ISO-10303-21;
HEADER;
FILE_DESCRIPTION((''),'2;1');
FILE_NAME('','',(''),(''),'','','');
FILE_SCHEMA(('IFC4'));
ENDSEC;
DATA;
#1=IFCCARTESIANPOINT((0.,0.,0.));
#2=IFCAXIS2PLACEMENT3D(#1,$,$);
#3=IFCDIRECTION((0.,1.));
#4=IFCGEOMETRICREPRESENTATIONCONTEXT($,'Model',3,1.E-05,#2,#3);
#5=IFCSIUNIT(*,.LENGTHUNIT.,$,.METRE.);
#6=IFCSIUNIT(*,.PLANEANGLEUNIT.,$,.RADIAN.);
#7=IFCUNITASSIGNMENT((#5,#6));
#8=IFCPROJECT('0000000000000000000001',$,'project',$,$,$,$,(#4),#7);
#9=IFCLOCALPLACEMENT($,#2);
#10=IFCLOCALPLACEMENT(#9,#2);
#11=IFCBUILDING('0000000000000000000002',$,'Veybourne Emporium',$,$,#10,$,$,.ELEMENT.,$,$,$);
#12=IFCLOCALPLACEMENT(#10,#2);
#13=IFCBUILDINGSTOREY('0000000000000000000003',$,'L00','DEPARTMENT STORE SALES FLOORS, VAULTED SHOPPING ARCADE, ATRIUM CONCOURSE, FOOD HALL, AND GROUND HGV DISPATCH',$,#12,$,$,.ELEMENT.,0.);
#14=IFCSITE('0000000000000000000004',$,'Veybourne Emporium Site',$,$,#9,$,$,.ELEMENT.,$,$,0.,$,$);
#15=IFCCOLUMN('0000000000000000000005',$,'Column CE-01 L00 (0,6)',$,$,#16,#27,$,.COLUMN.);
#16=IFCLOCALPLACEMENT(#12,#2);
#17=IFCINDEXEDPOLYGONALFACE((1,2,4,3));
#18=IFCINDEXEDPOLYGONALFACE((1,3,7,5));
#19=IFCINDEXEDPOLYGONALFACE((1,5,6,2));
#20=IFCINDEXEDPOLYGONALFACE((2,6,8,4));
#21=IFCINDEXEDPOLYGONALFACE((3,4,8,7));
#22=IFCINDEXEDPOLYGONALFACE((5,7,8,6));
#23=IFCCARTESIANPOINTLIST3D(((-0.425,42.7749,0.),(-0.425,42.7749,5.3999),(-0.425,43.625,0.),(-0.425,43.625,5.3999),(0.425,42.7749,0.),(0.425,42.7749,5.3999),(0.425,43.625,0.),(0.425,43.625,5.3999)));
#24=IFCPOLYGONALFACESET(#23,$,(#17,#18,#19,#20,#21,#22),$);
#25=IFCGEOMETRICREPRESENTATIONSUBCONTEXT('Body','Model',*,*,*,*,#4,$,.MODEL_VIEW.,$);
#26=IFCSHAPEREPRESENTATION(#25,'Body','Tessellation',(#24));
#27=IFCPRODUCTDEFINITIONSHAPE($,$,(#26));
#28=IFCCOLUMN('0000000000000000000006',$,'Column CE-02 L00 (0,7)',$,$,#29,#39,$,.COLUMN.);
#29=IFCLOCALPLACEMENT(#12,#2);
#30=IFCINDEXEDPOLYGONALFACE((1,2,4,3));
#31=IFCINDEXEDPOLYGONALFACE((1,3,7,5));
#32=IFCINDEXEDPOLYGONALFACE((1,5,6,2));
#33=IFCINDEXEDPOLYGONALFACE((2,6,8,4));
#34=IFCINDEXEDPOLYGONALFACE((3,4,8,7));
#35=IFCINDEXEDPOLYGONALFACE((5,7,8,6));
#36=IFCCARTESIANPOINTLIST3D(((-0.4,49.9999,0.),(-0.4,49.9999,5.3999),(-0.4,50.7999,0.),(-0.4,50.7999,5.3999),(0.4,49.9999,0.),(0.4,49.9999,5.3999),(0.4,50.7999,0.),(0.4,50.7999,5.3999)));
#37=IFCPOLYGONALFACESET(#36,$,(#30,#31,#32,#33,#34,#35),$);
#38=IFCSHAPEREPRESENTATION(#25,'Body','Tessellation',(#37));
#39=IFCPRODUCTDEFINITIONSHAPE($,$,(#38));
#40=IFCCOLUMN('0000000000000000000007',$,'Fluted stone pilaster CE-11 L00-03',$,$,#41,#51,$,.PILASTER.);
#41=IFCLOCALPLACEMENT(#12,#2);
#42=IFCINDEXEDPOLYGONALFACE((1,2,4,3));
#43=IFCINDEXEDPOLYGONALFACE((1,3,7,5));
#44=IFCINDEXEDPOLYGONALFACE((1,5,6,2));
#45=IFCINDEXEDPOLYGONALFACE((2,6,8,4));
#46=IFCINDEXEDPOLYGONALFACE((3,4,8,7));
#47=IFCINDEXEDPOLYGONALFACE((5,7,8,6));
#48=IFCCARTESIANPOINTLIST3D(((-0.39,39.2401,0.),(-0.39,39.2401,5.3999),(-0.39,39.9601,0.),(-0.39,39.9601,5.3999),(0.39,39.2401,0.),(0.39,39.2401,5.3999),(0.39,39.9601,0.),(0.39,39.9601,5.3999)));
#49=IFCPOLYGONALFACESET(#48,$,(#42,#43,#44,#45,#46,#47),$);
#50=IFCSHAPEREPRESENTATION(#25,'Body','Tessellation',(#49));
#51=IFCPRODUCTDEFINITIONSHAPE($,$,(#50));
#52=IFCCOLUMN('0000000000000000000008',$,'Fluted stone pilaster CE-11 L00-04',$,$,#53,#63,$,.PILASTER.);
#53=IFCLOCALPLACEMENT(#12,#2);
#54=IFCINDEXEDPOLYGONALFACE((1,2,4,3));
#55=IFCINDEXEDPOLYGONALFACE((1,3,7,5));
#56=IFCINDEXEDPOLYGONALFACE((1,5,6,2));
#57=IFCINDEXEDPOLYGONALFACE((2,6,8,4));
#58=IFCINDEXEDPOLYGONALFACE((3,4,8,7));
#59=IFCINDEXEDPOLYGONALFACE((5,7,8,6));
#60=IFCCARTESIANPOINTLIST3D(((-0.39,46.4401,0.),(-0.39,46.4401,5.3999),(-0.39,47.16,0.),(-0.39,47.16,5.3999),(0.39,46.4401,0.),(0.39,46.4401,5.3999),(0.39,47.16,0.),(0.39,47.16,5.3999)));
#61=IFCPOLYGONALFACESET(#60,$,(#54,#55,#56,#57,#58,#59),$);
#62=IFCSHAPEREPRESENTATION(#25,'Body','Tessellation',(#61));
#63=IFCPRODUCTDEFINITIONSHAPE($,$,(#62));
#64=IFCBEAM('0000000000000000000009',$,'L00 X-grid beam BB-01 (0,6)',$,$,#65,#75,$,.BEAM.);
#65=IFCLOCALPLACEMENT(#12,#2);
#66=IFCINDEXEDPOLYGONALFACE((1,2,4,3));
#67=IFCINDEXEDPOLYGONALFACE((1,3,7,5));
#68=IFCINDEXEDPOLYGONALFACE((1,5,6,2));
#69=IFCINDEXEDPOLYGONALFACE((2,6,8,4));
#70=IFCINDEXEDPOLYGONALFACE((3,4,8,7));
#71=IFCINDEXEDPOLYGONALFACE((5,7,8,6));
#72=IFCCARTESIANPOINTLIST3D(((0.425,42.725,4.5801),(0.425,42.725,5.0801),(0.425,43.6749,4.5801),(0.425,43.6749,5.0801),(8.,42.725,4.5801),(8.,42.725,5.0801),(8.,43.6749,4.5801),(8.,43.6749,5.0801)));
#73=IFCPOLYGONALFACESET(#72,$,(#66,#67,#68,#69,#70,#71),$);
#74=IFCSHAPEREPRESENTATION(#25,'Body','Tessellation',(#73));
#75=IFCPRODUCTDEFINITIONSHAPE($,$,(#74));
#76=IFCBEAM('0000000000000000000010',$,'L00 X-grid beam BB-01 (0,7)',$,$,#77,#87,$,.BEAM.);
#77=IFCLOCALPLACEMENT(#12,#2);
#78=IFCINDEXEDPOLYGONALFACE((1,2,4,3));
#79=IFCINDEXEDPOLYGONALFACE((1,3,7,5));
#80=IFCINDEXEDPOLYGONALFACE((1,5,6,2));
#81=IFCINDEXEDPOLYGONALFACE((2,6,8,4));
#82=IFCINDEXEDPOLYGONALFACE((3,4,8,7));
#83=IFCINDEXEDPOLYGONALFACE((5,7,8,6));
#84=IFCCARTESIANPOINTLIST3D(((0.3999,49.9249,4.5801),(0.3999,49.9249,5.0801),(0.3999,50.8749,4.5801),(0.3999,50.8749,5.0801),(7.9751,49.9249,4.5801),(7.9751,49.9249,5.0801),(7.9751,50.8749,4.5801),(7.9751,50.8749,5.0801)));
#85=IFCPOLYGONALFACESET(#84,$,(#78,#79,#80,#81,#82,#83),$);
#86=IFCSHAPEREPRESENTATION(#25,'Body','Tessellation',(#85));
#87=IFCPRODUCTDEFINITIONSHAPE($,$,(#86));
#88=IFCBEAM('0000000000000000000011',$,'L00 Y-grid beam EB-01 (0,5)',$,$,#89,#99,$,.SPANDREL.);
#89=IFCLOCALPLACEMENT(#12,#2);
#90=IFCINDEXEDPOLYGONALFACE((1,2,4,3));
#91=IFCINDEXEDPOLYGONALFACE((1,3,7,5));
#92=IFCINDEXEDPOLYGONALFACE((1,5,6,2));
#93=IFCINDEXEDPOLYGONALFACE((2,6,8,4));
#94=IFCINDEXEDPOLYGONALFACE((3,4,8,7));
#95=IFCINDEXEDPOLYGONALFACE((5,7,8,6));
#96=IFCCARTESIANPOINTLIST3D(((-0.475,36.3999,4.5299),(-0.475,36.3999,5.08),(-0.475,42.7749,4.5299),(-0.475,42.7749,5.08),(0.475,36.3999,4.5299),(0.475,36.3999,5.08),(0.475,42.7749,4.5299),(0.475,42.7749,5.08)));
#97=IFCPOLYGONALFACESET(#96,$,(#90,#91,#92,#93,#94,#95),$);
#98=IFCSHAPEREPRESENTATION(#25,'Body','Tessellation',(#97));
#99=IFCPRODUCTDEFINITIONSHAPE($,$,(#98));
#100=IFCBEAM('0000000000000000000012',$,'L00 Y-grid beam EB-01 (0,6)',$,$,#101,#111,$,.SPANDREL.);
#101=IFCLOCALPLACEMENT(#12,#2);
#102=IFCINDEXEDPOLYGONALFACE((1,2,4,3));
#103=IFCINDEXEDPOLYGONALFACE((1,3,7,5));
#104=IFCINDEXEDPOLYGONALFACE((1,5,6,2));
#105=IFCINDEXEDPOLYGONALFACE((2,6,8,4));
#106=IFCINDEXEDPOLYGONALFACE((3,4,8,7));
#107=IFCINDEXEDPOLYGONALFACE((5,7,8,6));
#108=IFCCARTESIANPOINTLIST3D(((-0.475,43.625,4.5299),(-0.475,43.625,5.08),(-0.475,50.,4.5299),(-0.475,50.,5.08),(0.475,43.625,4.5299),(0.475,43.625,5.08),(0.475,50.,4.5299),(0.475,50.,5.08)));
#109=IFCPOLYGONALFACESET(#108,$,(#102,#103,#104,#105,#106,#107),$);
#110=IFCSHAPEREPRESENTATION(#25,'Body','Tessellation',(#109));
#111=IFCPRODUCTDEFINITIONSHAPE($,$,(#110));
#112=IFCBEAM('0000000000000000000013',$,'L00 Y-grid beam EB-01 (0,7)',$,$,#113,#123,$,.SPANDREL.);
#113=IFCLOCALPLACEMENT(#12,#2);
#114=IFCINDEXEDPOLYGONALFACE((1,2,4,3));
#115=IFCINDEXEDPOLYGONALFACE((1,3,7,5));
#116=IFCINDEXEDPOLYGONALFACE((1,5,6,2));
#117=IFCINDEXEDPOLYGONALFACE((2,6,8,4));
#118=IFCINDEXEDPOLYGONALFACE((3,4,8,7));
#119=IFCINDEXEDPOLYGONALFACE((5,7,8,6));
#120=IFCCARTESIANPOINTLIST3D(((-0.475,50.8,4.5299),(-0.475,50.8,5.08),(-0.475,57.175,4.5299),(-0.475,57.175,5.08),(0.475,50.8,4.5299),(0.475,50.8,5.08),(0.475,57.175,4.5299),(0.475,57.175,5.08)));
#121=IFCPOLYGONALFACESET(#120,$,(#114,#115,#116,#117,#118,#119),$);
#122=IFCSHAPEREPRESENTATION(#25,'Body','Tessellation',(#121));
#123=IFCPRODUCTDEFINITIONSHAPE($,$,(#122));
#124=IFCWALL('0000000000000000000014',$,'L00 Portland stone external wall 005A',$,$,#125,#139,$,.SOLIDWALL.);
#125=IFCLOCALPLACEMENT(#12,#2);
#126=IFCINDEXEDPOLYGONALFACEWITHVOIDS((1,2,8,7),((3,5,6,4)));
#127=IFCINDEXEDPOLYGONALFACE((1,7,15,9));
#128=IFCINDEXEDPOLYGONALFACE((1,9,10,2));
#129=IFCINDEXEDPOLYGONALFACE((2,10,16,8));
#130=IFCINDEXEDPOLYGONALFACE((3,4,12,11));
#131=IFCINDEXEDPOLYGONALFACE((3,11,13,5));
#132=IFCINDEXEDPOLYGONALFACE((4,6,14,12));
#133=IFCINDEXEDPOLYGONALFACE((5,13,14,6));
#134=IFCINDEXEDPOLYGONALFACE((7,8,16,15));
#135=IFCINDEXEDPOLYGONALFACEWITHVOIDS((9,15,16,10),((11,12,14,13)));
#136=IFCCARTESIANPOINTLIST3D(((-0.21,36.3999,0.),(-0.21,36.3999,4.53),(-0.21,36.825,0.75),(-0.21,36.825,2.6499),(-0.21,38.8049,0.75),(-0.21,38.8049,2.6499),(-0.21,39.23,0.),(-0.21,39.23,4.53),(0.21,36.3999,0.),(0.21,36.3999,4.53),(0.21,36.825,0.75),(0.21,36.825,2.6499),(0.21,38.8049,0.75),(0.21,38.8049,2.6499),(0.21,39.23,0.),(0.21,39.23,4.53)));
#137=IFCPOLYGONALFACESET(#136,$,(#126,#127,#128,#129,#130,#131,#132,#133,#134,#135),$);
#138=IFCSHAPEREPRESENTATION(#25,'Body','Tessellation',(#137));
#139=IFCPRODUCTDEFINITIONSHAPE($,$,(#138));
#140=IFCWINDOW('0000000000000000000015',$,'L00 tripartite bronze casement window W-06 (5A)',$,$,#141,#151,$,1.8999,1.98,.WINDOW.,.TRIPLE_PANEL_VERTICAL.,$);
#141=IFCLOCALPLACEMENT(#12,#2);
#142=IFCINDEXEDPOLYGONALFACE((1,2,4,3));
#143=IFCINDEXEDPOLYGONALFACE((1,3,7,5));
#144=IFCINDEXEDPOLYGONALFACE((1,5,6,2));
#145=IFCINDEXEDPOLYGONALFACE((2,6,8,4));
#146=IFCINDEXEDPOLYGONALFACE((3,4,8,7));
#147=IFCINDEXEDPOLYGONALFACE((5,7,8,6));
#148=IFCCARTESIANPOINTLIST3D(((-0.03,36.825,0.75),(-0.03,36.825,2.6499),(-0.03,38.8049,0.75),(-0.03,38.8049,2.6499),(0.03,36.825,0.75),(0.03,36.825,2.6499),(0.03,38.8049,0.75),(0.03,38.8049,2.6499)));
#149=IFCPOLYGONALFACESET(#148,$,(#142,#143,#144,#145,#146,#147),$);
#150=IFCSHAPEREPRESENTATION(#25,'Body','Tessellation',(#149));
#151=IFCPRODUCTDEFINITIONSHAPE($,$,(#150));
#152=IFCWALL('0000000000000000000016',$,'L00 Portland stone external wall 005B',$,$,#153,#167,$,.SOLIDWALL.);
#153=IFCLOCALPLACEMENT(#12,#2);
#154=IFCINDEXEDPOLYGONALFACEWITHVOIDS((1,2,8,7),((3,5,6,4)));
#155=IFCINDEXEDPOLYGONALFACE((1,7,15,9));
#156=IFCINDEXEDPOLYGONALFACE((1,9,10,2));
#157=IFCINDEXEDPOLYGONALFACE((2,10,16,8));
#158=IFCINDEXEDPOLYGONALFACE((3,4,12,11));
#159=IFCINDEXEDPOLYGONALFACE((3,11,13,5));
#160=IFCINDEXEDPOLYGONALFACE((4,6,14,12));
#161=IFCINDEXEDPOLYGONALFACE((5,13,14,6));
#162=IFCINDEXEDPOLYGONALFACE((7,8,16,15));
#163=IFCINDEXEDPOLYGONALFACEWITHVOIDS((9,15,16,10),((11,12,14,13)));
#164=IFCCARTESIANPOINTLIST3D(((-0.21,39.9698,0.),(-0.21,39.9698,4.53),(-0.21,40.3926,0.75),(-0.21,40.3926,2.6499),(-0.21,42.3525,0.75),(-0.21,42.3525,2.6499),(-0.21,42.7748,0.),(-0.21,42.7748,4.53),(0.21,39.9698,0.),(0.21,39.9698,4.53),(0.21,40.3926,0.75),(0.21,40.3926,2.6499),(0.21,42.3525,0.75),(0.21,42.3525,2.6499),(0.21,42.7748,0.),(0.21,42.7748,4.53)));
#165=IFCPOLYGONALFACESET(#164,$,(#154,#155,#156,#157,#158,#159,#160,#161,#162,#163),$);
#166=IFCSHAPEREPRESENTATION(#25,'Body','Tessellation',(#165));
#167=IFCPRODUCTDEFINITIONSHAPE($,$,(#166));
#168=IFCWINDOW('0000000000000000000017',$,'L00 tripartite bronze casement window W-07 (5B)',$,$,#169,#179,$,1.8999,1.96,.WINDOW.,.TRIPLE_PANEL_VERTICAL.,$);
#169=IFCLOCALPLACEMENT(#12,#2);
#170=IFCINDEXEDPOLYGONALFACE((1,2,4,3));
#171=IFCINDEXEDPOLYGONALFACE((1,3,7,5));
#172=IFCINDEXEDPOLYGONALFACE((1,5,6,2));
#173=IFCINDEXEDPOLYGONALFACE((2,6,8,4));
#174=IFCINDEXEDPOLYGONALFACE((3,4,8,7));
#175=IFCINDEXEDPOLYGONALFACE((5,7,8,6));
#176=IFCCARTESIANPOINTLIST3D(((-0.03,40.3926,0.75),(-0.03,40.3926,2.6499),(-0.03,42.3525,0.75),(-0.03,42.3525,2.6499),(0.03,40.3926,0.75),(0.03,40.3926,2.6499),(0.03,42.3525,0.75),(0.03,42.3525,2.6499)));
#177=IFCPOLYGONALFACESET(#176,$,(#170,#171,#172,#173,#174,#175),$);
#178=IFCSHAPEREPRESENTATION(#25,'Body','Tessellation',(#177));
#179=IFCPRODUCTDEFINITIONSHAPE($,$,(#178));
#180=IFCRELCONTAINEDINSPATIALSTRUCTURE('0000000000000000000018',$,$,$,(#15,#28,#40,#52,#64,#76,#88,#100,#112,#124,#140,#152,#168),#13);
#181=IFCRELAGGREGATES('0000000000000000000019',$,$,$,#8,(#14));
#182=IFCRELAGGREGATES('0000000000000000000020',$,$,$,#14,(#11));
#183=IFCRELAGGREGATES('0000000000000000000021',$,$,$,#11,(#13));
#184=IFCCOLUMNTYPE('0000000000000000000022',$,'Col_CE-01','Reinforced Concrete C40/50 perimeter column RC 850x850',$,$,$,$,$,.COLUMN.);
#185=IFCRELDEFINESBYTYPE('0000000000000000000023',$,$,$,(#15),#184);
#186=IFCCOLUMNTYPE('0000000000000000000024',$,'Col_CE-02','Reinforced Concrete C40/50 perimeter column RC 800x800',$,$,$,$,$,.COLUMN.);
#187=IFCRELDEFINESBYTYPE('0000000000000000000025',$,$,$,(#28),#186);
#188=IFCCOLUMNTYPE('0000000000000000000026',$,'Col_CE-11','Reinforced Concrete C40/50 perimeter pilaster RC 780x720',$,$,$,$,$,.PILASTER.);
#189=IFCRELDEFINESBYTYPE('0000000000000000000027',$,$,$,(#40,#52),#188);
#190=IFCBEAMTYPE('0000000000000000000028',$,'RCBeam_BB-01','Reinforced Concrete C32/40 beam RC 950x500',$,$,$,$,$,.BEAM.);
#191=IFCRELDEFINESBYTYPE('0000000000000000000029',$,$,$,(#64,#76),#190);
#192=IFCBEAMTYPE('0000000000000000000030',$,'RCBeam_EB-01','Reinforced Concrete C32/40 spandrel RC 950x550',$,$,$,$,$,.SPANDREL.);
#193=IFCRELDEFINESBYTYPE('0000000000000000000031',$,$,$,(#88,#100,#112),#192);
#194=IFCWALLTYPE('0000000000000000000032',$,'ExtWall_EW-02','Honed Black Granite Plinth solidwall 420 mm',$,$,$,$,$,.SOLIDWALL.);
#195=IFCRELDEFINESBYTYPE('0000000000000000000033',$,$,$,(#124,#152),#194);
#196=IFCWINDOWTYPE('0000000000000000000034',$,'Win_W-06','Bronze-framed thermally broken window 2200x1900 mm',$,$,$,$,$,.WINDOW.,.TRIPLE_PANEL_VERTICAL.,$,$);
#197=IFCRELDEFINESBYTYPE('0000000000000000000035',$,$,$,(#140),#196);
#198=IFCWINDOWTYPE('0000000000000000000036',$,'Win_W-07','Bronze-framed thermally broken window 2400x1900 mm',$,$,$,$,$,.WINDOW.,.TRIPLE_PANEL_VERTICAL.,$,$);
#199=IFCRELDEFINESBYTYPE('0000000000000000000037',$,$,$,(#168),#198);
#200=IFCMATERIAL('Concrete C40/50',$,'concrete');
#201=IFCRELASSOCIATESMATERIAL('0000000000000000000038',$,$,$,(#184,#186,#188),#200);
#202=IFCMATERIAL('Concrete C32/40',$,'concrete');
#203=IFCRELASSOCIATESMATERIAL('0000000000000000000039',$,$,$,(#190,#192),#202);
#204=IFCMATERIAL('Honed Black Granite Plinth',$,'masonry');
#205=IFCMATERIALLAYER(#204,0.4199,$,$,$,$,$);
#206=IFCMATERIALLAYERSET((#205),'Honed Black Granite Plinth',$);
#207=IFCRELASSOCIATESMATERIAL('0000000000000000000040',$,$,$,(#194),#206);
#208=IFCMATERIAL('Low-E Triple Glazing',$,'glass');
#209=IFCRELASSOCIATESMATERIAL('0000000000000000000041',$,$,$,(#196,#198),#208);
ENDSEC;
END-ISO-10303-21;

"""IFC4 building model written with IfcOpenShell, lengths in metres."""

from ifc_helpers import new_model, si_unit, direction, frame, frame_2d, origin, origin_2d, place, context, subcontext, project, spatial, rectangle, extrude, material, layer, layer_set, material_profile, profile_set, type_object, element, fill, save


model = new_model("IFC4")

# Units and contexts
model_context = context("Model", 3, precision=1e-05, world=origin(), true_north=direction((0.0, 1.0)))
body_context = subcontext(model_context, "Body", "Model", "MODEL_VIEW")
ifc_project = project(units=[si_unit("LENGTHUNIT", "METRE"), si_unit("PLANEANGLEUNIT", "RADIAN")], contexts=[model_context])

# Site, building, storey
site_placement = place(None, origin())
site = spatial("IfcSite", under=ifc_project, at=site_placement, Name="Veybourne Emporium Site", CompositionType="ELEMENT", RefElevation=0.0)
building_placement = place(site_placement, origin())
building = spatial("IfcBuilding", under=site, at=building_placement, Name="Veybourne Emporium", CompositionType="ELEMENT")
storey_placement = place(building_placement, origin())
storey = spatial("IfcBuildingStorey", under=building, at=storey_placement, Name="L00", Description="DEPARTMENT STORE SALES FLOORS, VAULTED SHOPPING ARCADE, ATRIUM CONCOURSE, FOOD HALL, AND GROUND HGV DISPATCH", CompositionType="ELEMENT", Elevation=0.0)

# Columns
ifc_material_1 = material(Name="Concrete C40/50", Category="concrete")
ifc_material_profile_1 = material_profile(ifc_material_1, rectangle(XDim=0.8501, YDim=0.8501, at=origin_2d()), Name="RC 850x850")
ifc_profile_set_1 = profile_set([ifc_material_profile_1], Name="Concrete C40/50")
column_type_1 = type_object("IfcColumnType", Name="Col_CE-01", Description="Reinforced Concrete C40/50 perimeter column RC 850x850", PredefinedType="COLUMN", material=ifc_profile_set_1)
column_1_placement = place(storey_placement, frame((0.0, 43.2, 0.0), z_axis=(0.0, 0.0, 1.0), x_axis=(1.0, 0.0, 0.0)))
element("IfcColumn", 1, at=column_1_placement, inside=storey, type_object=column_type_1, Name="Column CE-01 L00 (0,6)", PredefinedType="COLUMN", context=body_context, shape_type="SweptSolid", body=[
    extrude(rectangle(XDim=0.8501, YDim=0.8501, at=origin_2d()), origin(), (0.0, 0.0, 1.0), 5.3999),
])
ifc_material_profile_2 = material_profile(ifc_material_1, rectangle(XDim=0.8, YDim=0.8, at=origin_2d()), Name="RC 800x800")
ifc_profile_set_2 = profile_set([ifc_material_profile_2], Name="Concrete C40/50")
column_type_2 = type_object("IfcColumnType", Name="Col_CE-02", Description="Reinforced Concrete C40/50 perimeter column RC 800x800", PredefinedType="COLUMN", material=ifc_profile_set_2)
column_2_placement = place(storey_placement, frame((0.0, 50.3999, 0.0), z_axis=(0.0, 0.0, 1.0), x_axis=(1.0, 0.0, 0.0)))
element("IfcColumn", 2, at=column_2_placement, inside=storey, type_object=column_type_2, Name="Column CE-02 L00 (0,7)", PredefinedType="COLUMN", context=body_context, shape_type="SweptSolid", body=[
    extrude(rectangle(XDim=0.8, YDim=0.8, at=origin_2d()), origin(), (0.0, 0.0, 1.0), 5.3999),
])
ifc_material_profile_3 = material_profile(ifc_material_1, rectangle(XDim=0.78, YDim=0.72, at=origin_2d()), Name="RC 780x720")
ifc_profile_set_3 = profile_set([ifc_material_profile_3], Name="Concrete C40/50")
column_type_3 = type_object("IfcColumnType", Name="Col_CE-11", Description="Reinforced Concrete C40/50 perimeter pilaster RC 780x720", PredefinedType="PILASTER", material=ifc_profile_set_3)
for number, where, z_axis, x_axis, name in (
    (3, (0.0, 39.6001, 0.0), (0.0, 0.0, 1.0), (1.0, 0.0, 0.0), "Fluted stone pilaster CE-11 L00-03"),
    (4, (0.0, 46.8, 0.0), (0.0, 0.0, 1.0), (1.0, 0.0, 0.0), "Fluted stone pilaster CE-11 L00-04"),
):
    element("IfcColumn", number, at=place(storey_placement, frame(where, z_axis=z_axis, x_axis=x_axis)), inside=storey, type_object=column_type_3, Name=name, PredefinedType="PILASTER", context=body_context, shape_type="SweptSolid", body=[
        extrude(rectangle(XDim=0.78, YDim=0.72, at=origin_2d()), origin(), (0.0, 0.0, 1.0), 5.3999),
    ])

# Beams
ifc_material_2 = material(Name="Concrete C32/40", Category="concrete")
ifc_material_profile_4 = material_profile(ifc_material_2, rectangle(XDim=0.95, YDim=0.5, at=origin_2d()), Name="RC 950x500")
ifc_profile_set_4 = profile_set([ifc_material_profile_4], Name="Concrete C32/40")
beam_type_1 = type_object("IfcBeamType", Name="RCBeam_BB-01", Description="Reinforced Concrete C32/40 beam RC 950x500", PredefinedType="BEAM", material=ifc_profile_set_4)
beam_1_placement = place(storey_placement, frame((0.425, 43.2, 4.8301), z_axis=(1.0, 0.0, 0.0), x_axis=(0.0, 1.0, 0.0)))
element("IfcBeam", 5, at=beam_1_placement, inside=storey, type_object=beam_type_1, Name="L00 X-grid beam BB-01 (0,6)", PredefinedType="BEAM", context=body_context, shape_type="SweptSolid", body=[
    extrude(rectangle(XDim=0.95, YDim=0.5, at=origin_2d()), origin(), (0.0, 0.0, 1.0), 7.575),
])
beam_2_placement = place(storey_placement, frame((0.3999, 50.3999, 4.8301), z_axis=(1.0, 0.0, 0.0), x_axis=(0.0, 1.0, 0.0)))
element("IfcBeam", 6, at=beam_2_placement, inside=storey, type_object=beam_type_1, Name="L00 X-grid beam BB-01 (0,7)", PredefinedType="BEAM", context=body_context, shape_type="SweptSolid", body=[
    extrude(rectangle(XDim=0.95, YDim=0.5, at=origin_2d()), origin(), (0.0, 0.0, 1.0), 7.5752),
])
ifc_material_profile_5 = material_profile(ifc_material_2, rectangle(XDim=0.95, YDim=0.55, at=origin_2d()), Name="RC 950x550")
ifc_profile_set_5 = profile_set([ifc_material_profile_5], Name="Concrete C32/40")
beam_type_2 = type_object("IfcBeamType", Name="RCBeam_EB-01", Description="Reinforced Concrete C32/40 spandrel RC 950x550", PredefinedType="SPANDREL", material=ifc_profile_set_5)
for number, where, z_axis, x_axis, name in (
    (7, (0.0, 36.3999, 4.8049), (0.0, 1.0, 0.0), (-1.0, 0.0, 0.0), "L00 Y-grid beam EB-01 (0,5)"),
    (8, (0.0, 43.625, 4.8049), (0.0, 1.0, 0.0), (-1.0, 0.0, 0.0), "L00 Y-grid beam EB-01 (0,6)"),
    (9, (0.0, 50.8, 4.8049), (0.0, 1.0, 0.0), (-1.0, 0.0, 0.0), "L00 Y-grid beam EB-01 (0,7)"),
):
    element("IfcBeam", number, at=place(storey_placement, frame(where, z_axis=z_axis, x_axis=x_axis)), inside=storey, type_object=beam_type_2, Name=name, PredefinedType="SPANDREL", context=body_context, shape_type="SweptSolid", body=[
        extrude(rectangle(XDim=0.95, YDim=0.55, at=origin_2d()), origin(), (0.0, 0.0, 1.0), 6.375),
    ])

# Walls, openings, windows
ifc_material_3 = material(Name="Honed Black Granite Plinth", Category="masonry")
ifc_layer_1 = layer(ifc_material_3, 0.4199)
ifc_layer_set_1 = layer_set([ifc_layer_1], Name="Honed Black Granite Plinth")
wall_type_1 = type_object("IfcWallType", Name="ExtWall_EW-02", Description="Honed Black Granite Plinth solidwall 420 mm", PredefinedType="SOLIDWALL", material=ifc_layer_set_1)
wall_1_placement = place(storey_placement, frame((0.0, 36.3999, 0.0), z_axis=(0.0, 0.0, 1.0), x_axis=(0.0, 1.0, 0.0)))
wall_1 = element("IfcWall", 10, at=wall_1_placement, inside=storey, type_object=wall_type_1, Name="L00 Portland stone external wall 005A", PredefinedType="SOLIDWALL", context=body_context, shape_type="SweptSolid", body=[
    extrude(rectangle(XDim=2.8301, YDim=0.4199, at=frame_2d((1.415, 0.0))), origin(), (0.0, 0.0, 1.0), 4.53),
])
opening_1_placement = place(wall_1_placement, frame((0.425, 0.0, 0.75)))
opening_1 = element("IfcOpeningElement", 11, at=opening_1_placement, cuts=wall_1, PredefinedType="OPENING", context=body_context, shape_type="SweptSolid", body=[
    extrude(rectangle(XDim=1.98, YDim=1.8999, at=frame_2d((0.99, 0.95))), frame((0.0, 0.23, 0.0), z_axis=(0.0, -1.0, 0.0), x_axis=(1.0, 0.0, 0.0)), (0.0, 0.0, 1.0), 0.46),
])
ifc_material_4 = material(Name="Low-E Triple Glazing", Category="glass")
window_type_1 = type_object("IfcWindowType", Name="Win_W-06", Description="Bronze-framed thermally broken window 2200x1900 mm", PartitioningType="TRIPLE_PANEL_VERTICAL", PredefinedType="WINDOW", material=ifc_material_4)
window_1_placement = place(opening_1_placement, origin())
window_1 = element("IfcWindow", 12, at=window_1_placement, inside=storey, type_object=window_type_1, Name="L00 tripartite bronze casement window W-06 (5A)", OverallHeight=1.8999, OverallWidth=1.98, PartitioningType="TRIPLE_PANEL_VERTICAL", PredefinedType="WINDOW", context=body_context, shape_type="SweptSolid", body=[
    extrude(rectangle(XDim=1.98, YDim=1.8999, at=frame_2d((0.99, 0.95))), frame((0.0, 0.03, 0.0), z_axis=(0.0, -1.0, 0.0), x_axis=(1.0, 0.0, 0.0)), (0.0, 0.0, 1.0), 0.0601),
])
fill(opening_1, window_1)
wall_2_placement = place(storey_placement, frame((0.0, 39.97, 0.0), z_axis=(0.0, 0.0, 1.0), x_axis=(0.0, 1.0, 0.0)))
wall_2 = element("IfcWall", 13, at=wall_2_placement, inside=storey, type_object=wall_type_1, Name="L00 Portland stone external wall 005B", PredefinedType="SOLIDWALL", context=body_context, shape_type="SweptSolid", body=[
    extrude(rectangle(XDim=2.8049, YDim=0.4199, at=frame_2d((1.4023, 0.0))), origin(), (0.0, 0.0, 1.0), 4.53),
])
opening_2_placement = place(wall_2_placement, frame((0.4226, 0.0, 0.75)))
opening_2 = element("IfcOpeningElement", 14, at=opening_2_placement, cuts=wall_2, PredefinedType="OPENING", context=body_context, shape_type="SweptSolid", body=[
    extrude(rectangle(XDim=1.96, YDim=1.8999, at=frame_2d((0.98, 0.95))), frame((0.0, 0.23, 0.0), z_axis=(0.0, -1.0, 0.0), x_axis=(1.0, 0.0, 0.0)), (0.0, 0.0, 1.0), 0.46),
])
window_type_2 = type_object("IfcWindowType", Name="Win_W-07", Description="Bronze-framed thermally broken window 2400x1900 mm", PartitioningType="TRIPLE_PANEL_VERTICAL", PredefinedType="WINDOW", material=ifc_material_4)
window_2_placement = place(opening_2_placement, origin())
window_2 = element("IfcWindow", 15, at=window_2_placement, inside=storey, type_object=window_type_2, Name="L00 tripartite bronze casement window W-07 (5B)", OverallHeight=1.8999, OverallWidth=1.96, PartitioningType="TRIPLE_PANEL_VERTICAL", PredefinedType="WINDOW", context=body_context, shape_type="SweptSolid", body=[
    extrude(rectangle(XDim=1.96, YDim=1.8999, at=frame_2d((0.98, 0.95))), frame((0.0, 0.03, 0.0), z_axis=(0.0, -1.0, 0.0), x_axis=(1.0, 0.0, 0.0)), (0.0, 0.0, 1.0), 0.0601),
])
fill(opening_2, window_2)

save(model, "model.ifc")
